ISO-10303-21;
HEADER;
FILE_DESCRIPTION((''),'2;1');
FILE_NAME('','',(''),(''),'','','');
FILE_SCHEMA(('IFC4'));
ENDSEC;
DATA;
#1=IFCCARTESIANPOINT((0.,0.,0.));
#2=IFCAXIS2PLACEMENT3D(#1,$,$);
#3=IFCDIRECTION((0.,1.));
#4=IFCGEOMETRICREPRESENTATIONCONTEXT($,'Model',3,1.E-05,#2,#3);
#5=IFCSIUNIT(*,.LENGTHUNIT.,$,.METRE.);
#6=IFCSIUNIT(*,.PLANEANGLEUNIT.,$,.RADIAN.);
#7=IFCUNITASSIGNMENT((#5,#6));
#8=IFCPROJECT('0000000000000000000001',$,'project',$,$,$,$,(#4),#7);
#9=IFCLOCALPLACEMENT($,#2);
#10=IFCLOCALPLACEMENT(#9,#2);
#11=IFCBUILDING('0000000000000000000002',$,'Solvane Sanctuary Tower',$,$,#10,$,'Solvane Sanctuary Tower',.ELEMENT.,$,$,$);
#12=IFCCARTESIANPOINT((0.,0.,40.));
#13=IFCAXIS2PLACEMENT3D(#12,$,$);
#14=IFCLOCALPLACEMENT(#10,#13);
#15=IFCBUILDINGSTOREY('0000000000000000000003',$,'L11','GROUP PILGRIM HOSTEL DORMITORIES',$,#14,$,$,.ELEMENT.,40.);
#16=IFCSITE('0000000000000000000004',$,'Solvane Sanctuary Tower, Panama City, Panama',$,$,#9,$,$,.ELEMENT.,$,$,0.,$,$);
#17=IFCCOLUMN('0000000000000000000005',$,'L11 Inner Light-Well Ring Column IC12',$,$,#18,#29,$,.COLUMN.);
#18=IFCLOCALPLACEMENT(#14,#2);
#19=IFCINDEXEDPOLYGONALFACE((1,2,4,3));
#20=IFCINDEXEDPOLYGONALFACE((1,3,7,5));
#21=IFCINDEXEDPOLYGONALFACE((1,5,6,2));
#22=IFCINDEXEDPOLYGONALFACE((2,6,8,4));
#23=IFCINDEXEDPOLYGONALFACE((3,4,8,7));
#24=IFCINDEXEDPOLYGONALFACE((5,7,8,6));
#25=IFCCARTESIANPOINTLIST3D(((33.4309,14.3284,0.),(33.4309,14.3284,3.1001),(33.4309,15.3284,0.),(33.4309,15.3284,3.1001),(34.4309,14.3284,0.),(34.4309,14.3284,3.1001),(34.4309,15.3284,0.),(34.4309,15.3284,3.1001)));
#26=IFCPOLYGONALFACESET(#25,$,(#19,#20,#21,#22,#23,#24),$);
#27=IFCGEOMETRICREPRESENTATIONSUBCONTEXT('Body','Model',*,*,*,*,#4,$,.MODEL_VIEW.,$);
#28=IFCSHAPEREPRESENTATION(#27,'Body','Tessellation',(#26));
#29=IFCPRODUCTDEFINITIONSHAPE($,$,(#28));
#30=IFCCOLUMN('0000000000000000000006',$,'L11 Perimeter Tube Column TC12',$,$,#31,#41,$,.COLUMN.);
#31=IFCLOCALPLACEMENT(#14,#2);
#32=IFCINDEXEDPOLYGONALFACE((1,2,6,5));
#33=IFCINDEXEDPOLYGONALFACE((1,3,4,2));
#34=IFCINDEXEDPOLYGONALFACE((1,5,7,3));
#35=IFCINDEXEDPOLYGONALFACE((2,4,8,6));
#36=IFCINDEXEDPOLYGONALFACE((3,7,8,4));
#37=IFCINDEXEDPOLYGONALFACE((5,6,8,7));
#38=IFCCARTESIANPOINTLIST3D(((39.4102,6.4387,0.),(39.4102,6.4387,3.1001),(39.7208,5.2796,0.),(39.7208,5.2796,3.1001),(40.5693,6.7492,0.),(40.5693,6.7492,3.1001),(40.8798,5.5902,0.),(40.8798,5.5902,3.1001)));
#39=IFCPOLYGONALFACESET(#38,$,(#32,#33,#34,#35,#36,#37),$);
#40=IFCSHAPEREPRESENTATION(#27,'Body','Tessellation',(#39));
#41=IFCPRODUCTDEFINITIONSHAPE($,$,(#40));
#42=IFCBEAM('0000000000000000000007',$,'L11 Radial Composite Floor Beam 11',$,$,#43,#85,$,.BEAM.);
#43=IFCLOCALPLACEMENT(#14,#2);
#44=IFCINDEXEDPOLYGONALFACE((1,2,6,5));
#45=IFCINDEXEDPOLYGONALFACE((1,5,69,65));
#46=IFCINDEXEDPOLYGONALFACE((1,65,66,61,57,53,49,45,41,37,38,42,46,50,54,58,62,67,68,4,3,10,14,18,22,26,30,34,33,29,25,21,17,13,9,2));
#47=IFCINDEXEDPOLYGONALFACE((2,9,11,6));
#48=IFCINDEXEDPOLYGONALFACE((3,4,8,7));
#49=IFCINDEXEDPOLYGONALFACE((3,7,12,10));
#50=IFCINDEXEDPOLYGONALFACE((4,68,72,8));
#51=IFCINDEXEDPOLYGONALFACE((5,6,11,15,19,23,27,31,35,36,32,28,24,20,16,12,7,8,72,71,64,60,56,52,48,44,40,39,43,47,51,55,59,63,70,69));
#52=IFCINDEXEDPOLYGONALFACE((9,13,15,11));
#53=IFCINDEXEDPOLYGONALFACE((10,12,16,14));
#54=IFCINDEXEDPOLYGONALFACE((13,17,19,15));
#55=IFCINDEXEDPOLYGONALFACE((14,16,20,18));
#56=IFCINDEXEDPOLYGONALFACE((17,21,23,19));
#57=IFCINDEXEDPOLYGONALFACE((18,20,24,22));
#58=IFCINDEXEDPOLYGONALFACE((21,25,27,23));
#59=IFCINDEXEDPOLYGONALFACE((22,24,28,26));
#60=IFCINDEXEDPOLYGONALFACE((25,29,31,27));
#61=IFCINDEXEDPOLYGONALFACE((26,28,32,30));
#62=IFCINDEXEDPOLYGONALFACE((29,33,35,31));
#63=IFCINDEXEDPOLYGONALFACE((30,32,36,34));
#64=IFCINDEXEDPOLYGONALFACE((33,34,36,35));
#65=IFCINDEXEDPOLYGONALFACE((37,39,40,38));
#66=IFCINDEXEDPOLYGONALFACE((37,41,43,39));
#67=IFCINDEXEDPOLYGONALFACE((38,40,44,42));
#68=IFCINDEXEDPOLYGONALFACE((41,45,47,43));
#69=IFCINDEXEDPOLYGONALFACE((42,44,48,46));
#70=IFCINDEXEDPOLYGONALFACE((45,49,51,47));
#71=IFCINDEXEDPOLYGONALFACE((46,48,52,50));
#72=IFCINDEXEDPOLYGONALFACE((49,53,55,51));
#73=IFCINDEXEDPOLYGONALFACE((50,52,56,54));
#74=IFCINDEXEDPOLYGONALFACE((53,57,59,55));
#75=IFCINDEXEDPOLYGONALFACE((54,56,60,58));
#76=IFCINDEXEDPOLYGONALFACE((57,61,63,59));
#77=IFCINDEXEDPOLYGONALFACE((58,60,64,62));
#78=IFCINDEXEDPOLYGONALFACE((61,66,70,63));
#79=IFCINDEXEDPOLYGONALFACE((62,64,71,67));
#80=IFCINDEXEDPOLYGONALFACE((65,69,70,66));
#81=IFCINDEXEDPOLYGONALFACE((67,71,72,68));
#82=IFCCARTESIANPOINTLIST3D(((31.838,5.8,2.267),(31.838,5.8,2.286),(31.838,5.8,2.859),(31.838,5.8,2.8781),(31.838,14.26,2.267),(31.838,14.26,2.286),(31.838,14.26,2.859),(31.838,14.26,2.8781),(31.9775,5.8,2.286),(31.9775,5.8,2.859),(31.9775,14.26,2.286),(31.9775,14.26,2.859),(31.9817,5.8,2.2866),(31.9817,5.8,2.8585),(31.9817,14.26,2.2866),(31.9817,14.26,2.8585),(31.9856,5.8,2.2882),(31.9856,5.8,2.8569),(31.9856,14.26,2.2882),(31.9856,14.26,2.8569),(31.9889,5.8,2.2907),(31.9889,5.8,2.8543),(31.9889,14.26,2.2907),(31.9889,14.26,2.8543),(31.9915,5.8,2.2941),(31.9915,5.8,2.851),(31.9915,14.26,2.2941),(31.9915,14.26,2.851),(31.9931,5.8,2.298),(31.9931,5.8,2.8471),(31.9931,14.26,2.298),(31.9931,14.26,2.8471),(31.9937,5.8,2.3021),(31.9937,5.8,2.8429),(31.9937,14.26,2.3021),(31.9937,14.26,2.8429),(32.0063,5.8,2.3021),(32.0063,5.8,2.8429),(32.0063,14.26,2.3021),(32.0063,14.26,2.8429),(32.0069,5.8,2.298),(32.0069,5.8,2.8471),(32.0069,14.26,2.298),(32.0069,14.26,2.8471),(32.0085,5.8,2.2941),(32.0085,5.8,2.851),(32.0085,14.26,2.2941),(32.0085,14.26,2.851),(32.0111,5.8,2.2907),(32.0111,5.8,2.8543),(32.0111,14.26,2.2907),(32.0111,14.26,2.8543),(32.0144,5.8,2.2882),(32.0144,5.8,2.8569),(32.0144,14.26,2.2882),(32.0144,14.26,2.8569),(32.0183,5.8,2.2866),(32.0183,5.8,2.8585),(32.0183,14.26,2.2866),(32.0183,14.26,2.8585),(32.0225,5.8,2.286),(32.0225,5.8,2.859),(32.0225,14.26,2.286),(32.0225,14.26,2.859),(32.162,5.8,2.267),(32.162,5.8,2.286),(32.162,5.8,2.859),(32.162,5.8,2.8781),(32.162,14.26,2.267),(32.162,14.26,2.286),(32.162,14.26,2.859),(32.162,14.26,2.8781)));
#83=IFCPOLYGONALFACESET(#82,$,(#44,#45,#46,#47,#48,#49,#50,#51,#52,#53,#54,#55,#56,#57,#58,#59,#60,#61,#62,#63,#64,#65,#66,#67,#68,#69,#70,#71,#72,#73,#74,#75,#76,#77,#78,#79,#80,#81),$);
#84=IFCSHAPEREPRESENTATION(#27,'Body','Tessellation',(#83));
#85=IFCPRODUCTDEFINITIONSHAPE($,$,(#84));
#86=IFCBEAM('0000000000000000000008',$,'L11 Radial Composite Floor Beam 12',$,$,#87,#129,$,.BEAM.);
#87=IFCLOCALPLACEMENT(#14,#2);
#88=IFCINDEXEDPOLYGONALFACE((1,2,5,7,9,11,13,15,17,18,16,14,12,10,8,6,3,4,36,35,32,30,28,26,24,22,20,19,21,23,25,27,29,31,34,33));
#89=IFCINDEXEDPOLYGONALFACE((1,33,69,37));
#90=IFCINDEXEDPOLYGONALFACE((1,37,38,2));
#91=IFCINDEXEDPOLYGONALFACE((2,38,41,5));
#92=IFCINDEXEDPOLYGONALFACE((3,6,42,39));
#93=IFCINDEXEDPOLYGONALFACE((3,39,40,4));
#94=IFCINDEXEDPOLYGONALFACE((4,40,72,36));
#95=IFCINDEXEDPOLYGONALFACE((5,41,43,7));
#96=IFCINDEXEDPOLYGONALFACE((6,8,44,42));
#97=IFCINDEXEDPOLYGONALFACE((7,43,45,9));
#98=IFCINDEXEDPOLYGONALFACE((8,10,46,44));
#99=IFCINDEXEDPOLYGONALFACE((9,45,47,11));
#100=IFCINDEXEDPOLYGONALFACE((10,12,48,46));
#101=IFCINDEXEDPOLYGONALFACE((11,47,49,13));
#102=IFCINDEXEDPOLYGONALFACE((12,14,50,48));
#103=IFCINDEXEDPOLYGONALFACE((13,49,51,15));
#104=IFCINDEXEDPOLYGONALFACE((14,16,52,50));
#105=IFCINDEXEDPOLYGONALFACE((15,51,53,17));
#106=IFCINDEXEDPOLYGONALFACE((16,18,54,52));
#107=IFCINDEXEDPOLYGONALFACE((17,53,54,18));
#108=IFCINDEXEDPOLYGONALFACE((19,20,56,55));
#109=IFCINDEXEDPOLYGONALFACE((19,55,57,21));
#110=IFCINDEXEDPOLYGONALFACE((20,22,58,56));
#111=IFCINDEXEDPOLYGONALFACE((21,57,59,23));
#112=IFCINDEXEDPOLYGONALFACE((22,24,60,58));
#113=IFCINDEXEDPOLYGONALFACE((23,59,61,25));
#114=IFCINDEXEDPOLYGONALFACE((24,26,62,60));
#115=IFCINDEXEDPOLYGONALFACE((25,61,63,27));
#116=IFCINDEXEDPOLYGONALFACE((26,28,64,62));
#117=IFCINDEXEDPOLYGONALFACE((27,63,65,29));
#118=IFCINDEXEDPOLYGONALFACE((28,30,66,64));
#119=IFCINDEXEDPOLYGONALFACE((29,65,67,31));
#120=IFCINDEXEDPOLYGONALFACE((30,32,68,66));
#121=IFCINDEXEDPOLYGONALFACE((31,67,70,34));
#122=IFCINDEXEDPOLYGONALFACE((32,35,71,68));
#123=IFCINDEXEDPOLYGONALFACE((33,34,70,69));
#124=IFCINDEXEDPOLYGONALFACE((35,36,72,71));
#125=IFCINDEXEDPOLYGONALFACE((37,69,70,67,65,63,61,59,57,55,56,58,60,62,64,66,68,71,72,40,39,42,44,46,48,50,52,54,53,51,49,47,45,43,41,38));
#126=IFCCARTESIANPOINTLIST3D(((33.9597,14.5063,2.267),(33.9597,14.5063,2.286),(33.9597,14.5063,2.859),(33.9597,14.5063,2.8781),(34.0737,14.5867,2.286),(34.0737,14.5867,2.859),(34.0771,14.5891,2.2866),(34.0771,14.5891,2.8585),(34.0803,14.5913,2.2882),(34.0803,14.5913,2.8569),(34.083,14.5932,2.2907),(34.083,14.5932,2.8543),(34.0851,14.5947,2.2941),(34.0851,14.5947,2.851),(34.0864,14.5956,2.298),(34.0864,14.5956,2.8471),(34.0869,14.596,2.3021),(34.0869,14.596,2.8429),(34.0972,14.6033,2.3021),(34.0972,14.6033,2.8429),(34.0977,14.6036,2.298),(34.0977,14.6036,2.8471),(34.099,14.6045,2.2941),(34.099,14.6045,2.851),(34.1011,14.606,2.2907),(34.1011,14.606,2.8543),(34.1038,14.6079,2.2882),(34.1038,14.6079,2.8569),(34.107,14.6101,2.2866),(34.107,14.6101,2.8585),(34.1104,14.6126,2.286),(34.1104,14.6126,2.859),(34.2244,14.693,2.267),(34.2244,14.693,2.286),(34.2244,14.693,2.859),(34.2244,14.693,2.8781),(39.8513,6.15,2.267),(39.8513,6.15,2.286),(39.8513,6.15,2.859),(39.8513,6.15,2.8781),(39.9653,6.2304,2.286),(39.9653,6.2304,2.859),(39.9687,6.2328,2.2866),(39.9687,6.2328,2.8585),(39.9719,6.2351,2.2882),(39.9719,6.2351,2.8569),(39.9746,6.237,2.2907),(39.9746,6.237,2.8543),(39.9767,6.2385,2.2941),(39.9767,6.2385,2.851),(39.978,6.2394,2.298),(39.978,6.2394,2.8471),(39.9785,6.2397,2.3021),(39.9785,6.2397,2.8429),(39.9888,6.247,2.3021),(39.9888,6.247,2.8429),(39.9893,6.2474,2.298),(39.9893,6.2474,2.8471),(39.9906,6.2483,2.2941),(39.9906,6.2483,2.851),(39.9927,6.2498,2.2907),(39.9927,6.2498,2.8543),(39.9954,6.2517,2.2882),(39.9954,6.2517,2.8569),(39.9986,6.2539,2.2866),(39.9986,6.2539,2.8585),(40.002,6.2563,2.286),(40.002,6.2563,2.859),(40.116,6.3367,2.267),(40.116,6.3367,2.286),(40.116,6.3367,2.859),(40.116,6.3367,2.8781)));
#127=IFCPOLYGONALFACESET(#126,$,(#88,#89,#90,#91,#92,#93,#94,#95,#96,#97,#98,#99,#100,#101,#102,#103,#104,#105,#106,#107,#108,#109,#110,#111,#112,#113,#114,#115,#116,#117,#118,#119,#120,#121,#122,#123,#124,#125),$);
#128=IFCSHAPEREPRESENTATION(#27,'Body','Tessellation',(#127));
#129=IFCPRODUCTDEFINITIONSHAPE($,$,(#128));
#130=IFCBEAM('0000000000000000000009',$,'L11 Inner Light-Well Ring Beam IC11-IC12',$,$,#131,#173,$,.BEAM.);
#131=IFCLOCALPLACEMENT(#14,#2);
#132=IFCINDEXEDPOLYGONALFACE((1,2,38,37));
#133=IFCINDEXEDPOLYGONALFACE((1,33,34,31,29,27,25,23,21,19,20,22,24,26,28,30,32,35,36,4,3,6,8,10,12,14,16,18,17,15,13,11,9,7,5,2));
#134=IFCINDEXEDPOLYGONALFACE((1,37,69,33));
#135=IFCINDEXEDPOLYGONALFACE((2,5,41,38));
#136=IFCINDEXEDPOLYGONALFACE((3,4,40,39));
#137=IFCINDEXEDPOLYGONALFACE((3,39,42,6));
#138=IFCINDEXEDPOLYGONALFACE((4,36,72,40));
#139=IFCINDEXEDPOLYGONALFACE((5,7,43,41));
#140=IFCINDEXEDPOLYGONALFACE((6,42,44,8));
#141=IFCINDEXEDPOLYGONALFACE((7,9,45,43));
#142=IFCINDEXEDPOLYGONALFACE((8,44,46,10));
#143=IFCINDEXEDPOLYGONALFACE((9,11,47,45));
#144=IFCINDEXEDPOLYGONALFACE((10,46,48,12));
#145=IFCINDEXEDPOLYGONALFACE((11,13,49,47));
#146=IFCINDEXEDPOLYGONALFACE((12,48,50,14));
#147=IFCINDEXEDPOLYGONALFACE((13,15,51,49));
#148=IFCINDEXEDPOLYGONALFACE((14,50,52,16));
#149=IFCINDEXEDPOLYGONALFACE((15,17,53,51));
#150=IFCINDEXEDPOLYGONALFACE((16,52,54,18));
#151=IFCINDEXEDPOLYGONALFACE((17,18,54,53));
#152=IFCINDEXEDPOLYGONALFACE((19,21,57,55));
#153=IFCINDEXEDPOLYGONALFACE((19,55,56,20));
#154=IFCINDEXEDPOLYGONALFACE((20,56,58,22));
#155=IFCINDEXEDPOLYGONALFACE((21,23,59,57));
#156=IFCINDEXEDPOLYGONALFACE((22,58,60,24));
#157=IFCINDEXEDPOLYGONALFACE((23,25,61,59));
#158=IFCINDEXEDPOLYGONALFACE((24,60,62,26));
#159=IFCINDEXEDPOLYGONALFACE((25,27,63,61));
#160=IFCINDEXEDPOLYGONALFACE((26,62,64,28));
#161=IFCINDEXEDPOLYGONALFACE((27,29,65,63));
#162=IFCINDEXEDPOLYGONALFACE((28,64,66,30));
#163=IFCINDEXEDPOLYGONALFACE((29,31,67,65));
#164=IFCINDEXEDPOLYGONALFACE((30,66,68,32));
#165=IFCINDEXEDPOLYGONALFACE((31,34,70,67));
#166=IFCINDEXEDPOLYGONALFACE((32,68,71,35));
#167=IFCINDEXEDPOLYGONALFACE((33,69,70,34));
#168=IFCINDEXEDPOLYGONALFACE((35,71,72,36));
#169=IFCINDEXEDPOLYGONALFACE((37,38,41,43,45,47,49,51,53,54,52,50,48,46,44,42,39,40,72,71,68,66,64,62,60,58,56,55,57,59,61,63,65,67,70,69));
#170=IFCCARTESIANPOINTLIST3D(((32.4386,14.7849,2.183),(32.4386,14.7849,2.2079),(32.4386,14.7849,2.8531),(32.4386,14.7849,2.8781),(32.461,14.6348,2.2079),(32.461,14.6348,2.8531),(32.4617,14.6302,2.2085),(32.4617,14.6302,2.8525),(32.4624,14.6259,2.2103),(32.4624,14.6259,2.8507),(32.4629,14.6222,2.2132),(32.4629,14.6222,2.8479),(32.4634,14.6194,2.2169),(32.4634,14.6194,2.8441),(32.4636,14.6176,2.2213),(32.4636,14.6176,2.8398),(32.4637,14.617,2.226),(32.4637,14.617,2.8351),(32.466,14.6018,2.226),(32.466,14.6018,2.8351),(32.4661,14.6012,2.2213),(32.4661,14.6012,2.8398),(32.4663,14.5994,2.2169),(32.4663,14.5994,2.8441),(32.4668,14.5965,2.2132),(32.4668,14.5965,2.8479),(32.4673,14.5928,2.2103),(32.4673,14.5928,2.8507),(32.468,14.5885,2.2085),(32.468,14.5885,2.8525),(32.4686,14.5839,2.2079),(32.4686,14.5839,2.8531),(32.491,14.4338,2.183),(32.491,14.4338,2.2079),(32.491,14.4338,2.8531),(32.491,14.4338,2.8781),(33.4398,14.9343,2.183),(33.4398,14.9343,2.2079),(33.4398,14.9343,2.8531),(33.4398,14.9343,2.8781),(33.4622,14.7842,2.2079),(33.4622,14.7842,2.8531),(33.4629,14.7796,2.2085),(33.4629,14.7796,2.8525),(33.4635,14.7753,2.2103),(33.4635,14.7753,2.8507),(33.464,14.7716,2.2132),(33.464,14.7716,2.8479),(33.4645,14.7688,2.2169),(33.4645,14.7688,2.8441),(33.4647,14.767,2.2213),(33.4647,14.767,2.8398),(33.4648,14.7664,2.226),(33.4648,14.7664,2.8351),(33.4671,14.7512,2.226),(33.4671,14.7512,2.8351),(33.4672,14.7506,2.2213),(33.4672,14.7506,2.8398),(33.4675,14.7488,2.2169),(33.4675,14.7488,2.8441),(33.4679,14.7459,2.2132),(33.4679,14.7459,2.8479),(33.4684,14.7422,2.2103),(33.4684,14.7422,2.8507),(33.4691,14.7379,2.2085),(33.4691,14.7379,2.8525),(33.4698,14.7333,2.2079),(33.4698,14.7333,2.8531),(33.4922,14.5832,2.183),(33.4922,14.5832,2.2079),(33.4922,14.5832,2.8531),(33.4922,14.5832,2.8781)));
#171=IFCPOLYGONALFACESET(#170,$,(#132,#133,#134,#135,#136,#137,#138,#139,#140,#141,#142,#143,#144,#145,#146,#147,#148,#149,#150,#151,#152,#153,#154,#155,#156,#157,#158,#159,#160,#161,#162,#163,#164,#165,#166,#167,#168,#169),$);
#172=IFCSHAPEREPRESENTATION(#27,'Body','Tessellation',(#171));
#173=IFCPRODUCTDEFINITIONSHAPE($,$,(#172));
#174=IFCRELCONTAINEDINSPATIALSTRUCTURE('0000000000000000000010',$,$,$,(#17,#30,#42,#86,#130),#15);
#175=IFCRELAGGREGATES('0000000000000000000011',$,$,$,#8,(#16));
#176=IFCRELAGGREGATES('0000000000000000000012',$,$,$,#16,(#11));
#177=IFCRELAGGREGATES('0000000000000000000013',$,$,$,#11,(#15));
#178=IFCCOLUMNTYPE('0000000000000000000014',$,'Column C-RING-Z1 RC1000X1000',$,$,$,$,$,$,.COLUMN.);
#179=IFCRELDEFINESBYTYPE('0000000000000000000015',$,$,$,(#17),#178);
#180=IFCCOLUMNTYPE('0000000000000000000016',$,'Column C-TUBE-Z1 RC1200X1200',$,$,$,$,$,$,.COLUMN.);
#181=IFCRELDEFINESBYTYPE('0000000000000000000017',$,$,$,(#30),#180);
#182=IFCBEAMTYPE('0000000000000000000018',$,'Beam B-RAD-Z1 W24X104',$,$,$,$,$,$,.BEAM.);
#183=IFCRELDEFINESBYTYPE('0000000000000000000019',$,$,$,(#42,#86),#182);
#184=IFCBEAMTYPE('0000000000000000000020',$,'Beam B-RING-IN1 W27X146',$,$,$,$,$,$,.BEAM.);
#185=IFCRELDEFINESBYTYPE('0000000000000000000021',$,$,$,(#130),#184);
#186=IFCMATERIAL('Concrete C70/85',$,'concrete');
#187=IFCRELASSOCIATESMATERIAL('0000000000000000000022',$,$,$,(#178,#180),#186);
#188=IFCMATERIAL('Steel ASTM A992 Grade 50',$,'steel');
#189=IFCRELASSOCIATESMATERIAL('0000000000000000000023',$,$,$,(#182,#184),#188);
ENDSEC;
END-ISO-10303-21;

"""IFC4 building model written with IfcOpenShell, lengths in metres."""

from ifc_helpers import new_model, si_unit, direction, frame, origin, origin_2d, place, context, subcontext, project, spatial, rectangle, i_section, extrude, material, material_profile, profile_set, type_object, element, save


model = new_model("IFC4")

# Units and contexts
model_context = context("Model", 3, precision=1e-05, world=origin(), true_north=direction((0.0, 1.0)))
body_context = subcontext(model_context, "Body", "Model", "MODEL_VIEW")
ifc_project = project(units=[si_unit("LENGTHUNIT", "METRE"), si_unit("PLANEANGLEUNIT", "RADIAN")], contexts=[model_context])

# Site, building, storey
site_placement = place(None, origin())
site = spatial("IfcSite", under=ifc_project, at=site_placement, Name="Solvane Sanctuary Tower, Panama City, Panama", CompositionType="ELEMENT", RefElevation=0.0)
building_placement = place(site_placement, origin())
building = spatial("IfcBuilding", under=site, at=building_placement, Name="Solvane Sanctuary Tower", LongName="Solvane Sanctuary Tower", CompositionType="ELEMENT")
storey_placement = place(building_placement, frame((0.0, 0.0, 40.0)))
storey = spatial("IfcBuildingStorey", under=building, at=storey_placement, Name="L11", Description="GROUP PILGRIM HOSTEL DORMITORIES", CompositionType="ELEMENT", Elevation=40.0)

# Columns
ifc_material_1 = material(Name="Concrete C70/85", Category="concrete")
ifc_material_profile_1 = material_profile(ifc_material_1, rectangle(XDim=1.0, YDim=1.0, at=origin_2d()), Name="RC1000X1000")
ifc_profile_set_1 = profile_set([ifc_material_profile_1], Name="Concrete C70/85")
column_type_1 = type_object("IfcColumnType", Name="Column C-RING-Z1 RC1000X1000", PredefinedType="COLUMN", material=ifc_profile_set_1)
column_1_placement = place(storey_placement, frame((33.9309, 14.8284, 0.0), z_axis=(0.0, 0.0, 1.0), x_axis=(1.0, 0.0, 0.0)))
element("IfcColumn", 1, at=column_1_placement, inside=storey, type_object=column_type_1, Name="L11 Inner Light-Well Ring Column IC12", PredefinedType="COLUMN", context=body_context, shape_type="SweptSolid", body=[
    extrude(rectangle(XDim=1.0, YDim=1.0, at=origin_2d()), origin(), (0.0, 0.0, 1.0), 3.1001),
])
ifc_material_profile_2 = material_profile(ifc_material_1, rectangle(XDim=1.2, YDim=1.2, at=origin_2d()), Name="RC1200X1200")
ifc_profile_set_2 = profile_set([ifc_material_profile_2], Name="Concrete C70/85")
column_type_2 = type_object("IfcColumnType", Name="Column C-TUBE-Z1 RC1200X1200", PredefinedType="COLUMN", material=ifc_profile_set_2)
column_2_placement = place(storey_placement, frame((40.145, 6.0144, 0.0), z_axis=(0.0, 0.0, 1.0), x_axis=(0.258819, -0.965926, 0.0)))
element("IfcColumn", 2, at=column_2_placement, inside=storey, type_object=column_type_2, Name="L11 Perimeter Tube Column TC12", PredefinedType="COLUMN", context=body_context, shape_type="SweptSolid", body=[
    extrude(rectangle(XDim=1.2, YDim=1.2, at=origin_2d()), origin(), (0.0, 0.0, 1.0), 3.1001),
])

# Beams
ifc_material_2 = material(Name="Steel ASTM A992 Grade 50", Category="steel")
ifc_material_profile_3 = material_profile(ifc_material_2, i_section(OverallWidth=0.324, OverallDepth=0.6111, WebThickness=0.0127, FlangeThickness=0.019, FilletRadius=0.0161, at=origin_2d()), Name="W24X104")
ifc_profile_set_3 = profile_set([ifc_material_profile_3], Name="Steel ASTM A992 Grade 50")
beam_type_1 = type_object("IfcBeamType", Name="Beam B-RAD-Z1 W24X104", PredefinedType="BEAM", material=ifc_profile_set_3)
beam_1_placement = place(storey_placement, frame((32.0, 14.26, 2.5725), z_axis=(0.0, -1.0, 0.0), x_axis=(1.0, 0.0, 0.0)))
element("IfcBeam", 3, at=beam_1_placement, inside=storey, type_object=beam_type_1, Name="L11 Radial Composite Floor Beam 11", PredefinedType="BEAM", context=body_context, shape_type="SweptSolid", body=[
    extrude(i_section(OverallWidth=0.324, OverallDepth=0.6111, WebThickness=0.0127, FlangeThickness=0.019, FilletRadius=0.0161, at=origin_2d()), origin(), (0.0, 0.0, 1.0), 8.46),
])
beam_2_placement = place(storey_placement, frame((34.092, 14.5996, 2.5725), z_axis=(0.576233, -0.817285, 0.0), x_axis=(0.817285, 0.576233, 0.0)))
element("IfcBeam", 4, at=beam_2_placement, inside=storey, type_object=beam_type_1, Name="L11 Radial Composite Floor Beam 12", PredefinedType="BEAM", context=body_context, shape_type="SweptSolid", body=[
    extrude(i_section(OverallWidth=0.324, OverallDepth=0.6111, WebThickness=0.0127, FlangeThickness=0.019, FilletRadius=0.0161, at=origin_2d()), origin(), (0.0, 0.0, 1.0), 10.2244),
])
ifc_material_profile_4 = material_profile(ifc_material_2, i_section(OverallWidth=0.355, OverallDepth=0.6951, WebThickness=0.0154, FlangeThickness=0.0249, FilletRadius=0.0181, at=origin_2d()), Name="W27X146")
ifc_profile_set_4 = profile_set([ifc_material_profile_4], Name="Steel ASTM A992 Grade 50")
beam_type_2 = type_object("IfcBeamType", Name="Beam B-RING-IN1 W27X146", PredefinedType="BEAM", material=ifc_profile_set_4)
beam_3_placement = place(storey_placement, frame((32.4648, 14.6094, 2.5305), z_axis=(0.989048, 0.147597, 0.0), x_axis=(-0.147597, 0.989048, 0.0)))
element("IfcBeam", 5, at=beam_3_placement, inside=storey, type_object=beam_type_2, Name="L11 Inner Light-Well Ring Beam IC11-IC12", PredefinedType="BEAM", context=body_context, shape_type="SweptSolid", body=[
    extrude(i_section(OverallWidth=0.355, OverallDepth=0.6951, WebThickness=0.0154, FlangeThickness=0.0249, FilletRadius=0.0181, at=origin_2d()), origin(), (0.0, 0.0, 1.0), 1.0122),
])

save(model, "model.ifc")
